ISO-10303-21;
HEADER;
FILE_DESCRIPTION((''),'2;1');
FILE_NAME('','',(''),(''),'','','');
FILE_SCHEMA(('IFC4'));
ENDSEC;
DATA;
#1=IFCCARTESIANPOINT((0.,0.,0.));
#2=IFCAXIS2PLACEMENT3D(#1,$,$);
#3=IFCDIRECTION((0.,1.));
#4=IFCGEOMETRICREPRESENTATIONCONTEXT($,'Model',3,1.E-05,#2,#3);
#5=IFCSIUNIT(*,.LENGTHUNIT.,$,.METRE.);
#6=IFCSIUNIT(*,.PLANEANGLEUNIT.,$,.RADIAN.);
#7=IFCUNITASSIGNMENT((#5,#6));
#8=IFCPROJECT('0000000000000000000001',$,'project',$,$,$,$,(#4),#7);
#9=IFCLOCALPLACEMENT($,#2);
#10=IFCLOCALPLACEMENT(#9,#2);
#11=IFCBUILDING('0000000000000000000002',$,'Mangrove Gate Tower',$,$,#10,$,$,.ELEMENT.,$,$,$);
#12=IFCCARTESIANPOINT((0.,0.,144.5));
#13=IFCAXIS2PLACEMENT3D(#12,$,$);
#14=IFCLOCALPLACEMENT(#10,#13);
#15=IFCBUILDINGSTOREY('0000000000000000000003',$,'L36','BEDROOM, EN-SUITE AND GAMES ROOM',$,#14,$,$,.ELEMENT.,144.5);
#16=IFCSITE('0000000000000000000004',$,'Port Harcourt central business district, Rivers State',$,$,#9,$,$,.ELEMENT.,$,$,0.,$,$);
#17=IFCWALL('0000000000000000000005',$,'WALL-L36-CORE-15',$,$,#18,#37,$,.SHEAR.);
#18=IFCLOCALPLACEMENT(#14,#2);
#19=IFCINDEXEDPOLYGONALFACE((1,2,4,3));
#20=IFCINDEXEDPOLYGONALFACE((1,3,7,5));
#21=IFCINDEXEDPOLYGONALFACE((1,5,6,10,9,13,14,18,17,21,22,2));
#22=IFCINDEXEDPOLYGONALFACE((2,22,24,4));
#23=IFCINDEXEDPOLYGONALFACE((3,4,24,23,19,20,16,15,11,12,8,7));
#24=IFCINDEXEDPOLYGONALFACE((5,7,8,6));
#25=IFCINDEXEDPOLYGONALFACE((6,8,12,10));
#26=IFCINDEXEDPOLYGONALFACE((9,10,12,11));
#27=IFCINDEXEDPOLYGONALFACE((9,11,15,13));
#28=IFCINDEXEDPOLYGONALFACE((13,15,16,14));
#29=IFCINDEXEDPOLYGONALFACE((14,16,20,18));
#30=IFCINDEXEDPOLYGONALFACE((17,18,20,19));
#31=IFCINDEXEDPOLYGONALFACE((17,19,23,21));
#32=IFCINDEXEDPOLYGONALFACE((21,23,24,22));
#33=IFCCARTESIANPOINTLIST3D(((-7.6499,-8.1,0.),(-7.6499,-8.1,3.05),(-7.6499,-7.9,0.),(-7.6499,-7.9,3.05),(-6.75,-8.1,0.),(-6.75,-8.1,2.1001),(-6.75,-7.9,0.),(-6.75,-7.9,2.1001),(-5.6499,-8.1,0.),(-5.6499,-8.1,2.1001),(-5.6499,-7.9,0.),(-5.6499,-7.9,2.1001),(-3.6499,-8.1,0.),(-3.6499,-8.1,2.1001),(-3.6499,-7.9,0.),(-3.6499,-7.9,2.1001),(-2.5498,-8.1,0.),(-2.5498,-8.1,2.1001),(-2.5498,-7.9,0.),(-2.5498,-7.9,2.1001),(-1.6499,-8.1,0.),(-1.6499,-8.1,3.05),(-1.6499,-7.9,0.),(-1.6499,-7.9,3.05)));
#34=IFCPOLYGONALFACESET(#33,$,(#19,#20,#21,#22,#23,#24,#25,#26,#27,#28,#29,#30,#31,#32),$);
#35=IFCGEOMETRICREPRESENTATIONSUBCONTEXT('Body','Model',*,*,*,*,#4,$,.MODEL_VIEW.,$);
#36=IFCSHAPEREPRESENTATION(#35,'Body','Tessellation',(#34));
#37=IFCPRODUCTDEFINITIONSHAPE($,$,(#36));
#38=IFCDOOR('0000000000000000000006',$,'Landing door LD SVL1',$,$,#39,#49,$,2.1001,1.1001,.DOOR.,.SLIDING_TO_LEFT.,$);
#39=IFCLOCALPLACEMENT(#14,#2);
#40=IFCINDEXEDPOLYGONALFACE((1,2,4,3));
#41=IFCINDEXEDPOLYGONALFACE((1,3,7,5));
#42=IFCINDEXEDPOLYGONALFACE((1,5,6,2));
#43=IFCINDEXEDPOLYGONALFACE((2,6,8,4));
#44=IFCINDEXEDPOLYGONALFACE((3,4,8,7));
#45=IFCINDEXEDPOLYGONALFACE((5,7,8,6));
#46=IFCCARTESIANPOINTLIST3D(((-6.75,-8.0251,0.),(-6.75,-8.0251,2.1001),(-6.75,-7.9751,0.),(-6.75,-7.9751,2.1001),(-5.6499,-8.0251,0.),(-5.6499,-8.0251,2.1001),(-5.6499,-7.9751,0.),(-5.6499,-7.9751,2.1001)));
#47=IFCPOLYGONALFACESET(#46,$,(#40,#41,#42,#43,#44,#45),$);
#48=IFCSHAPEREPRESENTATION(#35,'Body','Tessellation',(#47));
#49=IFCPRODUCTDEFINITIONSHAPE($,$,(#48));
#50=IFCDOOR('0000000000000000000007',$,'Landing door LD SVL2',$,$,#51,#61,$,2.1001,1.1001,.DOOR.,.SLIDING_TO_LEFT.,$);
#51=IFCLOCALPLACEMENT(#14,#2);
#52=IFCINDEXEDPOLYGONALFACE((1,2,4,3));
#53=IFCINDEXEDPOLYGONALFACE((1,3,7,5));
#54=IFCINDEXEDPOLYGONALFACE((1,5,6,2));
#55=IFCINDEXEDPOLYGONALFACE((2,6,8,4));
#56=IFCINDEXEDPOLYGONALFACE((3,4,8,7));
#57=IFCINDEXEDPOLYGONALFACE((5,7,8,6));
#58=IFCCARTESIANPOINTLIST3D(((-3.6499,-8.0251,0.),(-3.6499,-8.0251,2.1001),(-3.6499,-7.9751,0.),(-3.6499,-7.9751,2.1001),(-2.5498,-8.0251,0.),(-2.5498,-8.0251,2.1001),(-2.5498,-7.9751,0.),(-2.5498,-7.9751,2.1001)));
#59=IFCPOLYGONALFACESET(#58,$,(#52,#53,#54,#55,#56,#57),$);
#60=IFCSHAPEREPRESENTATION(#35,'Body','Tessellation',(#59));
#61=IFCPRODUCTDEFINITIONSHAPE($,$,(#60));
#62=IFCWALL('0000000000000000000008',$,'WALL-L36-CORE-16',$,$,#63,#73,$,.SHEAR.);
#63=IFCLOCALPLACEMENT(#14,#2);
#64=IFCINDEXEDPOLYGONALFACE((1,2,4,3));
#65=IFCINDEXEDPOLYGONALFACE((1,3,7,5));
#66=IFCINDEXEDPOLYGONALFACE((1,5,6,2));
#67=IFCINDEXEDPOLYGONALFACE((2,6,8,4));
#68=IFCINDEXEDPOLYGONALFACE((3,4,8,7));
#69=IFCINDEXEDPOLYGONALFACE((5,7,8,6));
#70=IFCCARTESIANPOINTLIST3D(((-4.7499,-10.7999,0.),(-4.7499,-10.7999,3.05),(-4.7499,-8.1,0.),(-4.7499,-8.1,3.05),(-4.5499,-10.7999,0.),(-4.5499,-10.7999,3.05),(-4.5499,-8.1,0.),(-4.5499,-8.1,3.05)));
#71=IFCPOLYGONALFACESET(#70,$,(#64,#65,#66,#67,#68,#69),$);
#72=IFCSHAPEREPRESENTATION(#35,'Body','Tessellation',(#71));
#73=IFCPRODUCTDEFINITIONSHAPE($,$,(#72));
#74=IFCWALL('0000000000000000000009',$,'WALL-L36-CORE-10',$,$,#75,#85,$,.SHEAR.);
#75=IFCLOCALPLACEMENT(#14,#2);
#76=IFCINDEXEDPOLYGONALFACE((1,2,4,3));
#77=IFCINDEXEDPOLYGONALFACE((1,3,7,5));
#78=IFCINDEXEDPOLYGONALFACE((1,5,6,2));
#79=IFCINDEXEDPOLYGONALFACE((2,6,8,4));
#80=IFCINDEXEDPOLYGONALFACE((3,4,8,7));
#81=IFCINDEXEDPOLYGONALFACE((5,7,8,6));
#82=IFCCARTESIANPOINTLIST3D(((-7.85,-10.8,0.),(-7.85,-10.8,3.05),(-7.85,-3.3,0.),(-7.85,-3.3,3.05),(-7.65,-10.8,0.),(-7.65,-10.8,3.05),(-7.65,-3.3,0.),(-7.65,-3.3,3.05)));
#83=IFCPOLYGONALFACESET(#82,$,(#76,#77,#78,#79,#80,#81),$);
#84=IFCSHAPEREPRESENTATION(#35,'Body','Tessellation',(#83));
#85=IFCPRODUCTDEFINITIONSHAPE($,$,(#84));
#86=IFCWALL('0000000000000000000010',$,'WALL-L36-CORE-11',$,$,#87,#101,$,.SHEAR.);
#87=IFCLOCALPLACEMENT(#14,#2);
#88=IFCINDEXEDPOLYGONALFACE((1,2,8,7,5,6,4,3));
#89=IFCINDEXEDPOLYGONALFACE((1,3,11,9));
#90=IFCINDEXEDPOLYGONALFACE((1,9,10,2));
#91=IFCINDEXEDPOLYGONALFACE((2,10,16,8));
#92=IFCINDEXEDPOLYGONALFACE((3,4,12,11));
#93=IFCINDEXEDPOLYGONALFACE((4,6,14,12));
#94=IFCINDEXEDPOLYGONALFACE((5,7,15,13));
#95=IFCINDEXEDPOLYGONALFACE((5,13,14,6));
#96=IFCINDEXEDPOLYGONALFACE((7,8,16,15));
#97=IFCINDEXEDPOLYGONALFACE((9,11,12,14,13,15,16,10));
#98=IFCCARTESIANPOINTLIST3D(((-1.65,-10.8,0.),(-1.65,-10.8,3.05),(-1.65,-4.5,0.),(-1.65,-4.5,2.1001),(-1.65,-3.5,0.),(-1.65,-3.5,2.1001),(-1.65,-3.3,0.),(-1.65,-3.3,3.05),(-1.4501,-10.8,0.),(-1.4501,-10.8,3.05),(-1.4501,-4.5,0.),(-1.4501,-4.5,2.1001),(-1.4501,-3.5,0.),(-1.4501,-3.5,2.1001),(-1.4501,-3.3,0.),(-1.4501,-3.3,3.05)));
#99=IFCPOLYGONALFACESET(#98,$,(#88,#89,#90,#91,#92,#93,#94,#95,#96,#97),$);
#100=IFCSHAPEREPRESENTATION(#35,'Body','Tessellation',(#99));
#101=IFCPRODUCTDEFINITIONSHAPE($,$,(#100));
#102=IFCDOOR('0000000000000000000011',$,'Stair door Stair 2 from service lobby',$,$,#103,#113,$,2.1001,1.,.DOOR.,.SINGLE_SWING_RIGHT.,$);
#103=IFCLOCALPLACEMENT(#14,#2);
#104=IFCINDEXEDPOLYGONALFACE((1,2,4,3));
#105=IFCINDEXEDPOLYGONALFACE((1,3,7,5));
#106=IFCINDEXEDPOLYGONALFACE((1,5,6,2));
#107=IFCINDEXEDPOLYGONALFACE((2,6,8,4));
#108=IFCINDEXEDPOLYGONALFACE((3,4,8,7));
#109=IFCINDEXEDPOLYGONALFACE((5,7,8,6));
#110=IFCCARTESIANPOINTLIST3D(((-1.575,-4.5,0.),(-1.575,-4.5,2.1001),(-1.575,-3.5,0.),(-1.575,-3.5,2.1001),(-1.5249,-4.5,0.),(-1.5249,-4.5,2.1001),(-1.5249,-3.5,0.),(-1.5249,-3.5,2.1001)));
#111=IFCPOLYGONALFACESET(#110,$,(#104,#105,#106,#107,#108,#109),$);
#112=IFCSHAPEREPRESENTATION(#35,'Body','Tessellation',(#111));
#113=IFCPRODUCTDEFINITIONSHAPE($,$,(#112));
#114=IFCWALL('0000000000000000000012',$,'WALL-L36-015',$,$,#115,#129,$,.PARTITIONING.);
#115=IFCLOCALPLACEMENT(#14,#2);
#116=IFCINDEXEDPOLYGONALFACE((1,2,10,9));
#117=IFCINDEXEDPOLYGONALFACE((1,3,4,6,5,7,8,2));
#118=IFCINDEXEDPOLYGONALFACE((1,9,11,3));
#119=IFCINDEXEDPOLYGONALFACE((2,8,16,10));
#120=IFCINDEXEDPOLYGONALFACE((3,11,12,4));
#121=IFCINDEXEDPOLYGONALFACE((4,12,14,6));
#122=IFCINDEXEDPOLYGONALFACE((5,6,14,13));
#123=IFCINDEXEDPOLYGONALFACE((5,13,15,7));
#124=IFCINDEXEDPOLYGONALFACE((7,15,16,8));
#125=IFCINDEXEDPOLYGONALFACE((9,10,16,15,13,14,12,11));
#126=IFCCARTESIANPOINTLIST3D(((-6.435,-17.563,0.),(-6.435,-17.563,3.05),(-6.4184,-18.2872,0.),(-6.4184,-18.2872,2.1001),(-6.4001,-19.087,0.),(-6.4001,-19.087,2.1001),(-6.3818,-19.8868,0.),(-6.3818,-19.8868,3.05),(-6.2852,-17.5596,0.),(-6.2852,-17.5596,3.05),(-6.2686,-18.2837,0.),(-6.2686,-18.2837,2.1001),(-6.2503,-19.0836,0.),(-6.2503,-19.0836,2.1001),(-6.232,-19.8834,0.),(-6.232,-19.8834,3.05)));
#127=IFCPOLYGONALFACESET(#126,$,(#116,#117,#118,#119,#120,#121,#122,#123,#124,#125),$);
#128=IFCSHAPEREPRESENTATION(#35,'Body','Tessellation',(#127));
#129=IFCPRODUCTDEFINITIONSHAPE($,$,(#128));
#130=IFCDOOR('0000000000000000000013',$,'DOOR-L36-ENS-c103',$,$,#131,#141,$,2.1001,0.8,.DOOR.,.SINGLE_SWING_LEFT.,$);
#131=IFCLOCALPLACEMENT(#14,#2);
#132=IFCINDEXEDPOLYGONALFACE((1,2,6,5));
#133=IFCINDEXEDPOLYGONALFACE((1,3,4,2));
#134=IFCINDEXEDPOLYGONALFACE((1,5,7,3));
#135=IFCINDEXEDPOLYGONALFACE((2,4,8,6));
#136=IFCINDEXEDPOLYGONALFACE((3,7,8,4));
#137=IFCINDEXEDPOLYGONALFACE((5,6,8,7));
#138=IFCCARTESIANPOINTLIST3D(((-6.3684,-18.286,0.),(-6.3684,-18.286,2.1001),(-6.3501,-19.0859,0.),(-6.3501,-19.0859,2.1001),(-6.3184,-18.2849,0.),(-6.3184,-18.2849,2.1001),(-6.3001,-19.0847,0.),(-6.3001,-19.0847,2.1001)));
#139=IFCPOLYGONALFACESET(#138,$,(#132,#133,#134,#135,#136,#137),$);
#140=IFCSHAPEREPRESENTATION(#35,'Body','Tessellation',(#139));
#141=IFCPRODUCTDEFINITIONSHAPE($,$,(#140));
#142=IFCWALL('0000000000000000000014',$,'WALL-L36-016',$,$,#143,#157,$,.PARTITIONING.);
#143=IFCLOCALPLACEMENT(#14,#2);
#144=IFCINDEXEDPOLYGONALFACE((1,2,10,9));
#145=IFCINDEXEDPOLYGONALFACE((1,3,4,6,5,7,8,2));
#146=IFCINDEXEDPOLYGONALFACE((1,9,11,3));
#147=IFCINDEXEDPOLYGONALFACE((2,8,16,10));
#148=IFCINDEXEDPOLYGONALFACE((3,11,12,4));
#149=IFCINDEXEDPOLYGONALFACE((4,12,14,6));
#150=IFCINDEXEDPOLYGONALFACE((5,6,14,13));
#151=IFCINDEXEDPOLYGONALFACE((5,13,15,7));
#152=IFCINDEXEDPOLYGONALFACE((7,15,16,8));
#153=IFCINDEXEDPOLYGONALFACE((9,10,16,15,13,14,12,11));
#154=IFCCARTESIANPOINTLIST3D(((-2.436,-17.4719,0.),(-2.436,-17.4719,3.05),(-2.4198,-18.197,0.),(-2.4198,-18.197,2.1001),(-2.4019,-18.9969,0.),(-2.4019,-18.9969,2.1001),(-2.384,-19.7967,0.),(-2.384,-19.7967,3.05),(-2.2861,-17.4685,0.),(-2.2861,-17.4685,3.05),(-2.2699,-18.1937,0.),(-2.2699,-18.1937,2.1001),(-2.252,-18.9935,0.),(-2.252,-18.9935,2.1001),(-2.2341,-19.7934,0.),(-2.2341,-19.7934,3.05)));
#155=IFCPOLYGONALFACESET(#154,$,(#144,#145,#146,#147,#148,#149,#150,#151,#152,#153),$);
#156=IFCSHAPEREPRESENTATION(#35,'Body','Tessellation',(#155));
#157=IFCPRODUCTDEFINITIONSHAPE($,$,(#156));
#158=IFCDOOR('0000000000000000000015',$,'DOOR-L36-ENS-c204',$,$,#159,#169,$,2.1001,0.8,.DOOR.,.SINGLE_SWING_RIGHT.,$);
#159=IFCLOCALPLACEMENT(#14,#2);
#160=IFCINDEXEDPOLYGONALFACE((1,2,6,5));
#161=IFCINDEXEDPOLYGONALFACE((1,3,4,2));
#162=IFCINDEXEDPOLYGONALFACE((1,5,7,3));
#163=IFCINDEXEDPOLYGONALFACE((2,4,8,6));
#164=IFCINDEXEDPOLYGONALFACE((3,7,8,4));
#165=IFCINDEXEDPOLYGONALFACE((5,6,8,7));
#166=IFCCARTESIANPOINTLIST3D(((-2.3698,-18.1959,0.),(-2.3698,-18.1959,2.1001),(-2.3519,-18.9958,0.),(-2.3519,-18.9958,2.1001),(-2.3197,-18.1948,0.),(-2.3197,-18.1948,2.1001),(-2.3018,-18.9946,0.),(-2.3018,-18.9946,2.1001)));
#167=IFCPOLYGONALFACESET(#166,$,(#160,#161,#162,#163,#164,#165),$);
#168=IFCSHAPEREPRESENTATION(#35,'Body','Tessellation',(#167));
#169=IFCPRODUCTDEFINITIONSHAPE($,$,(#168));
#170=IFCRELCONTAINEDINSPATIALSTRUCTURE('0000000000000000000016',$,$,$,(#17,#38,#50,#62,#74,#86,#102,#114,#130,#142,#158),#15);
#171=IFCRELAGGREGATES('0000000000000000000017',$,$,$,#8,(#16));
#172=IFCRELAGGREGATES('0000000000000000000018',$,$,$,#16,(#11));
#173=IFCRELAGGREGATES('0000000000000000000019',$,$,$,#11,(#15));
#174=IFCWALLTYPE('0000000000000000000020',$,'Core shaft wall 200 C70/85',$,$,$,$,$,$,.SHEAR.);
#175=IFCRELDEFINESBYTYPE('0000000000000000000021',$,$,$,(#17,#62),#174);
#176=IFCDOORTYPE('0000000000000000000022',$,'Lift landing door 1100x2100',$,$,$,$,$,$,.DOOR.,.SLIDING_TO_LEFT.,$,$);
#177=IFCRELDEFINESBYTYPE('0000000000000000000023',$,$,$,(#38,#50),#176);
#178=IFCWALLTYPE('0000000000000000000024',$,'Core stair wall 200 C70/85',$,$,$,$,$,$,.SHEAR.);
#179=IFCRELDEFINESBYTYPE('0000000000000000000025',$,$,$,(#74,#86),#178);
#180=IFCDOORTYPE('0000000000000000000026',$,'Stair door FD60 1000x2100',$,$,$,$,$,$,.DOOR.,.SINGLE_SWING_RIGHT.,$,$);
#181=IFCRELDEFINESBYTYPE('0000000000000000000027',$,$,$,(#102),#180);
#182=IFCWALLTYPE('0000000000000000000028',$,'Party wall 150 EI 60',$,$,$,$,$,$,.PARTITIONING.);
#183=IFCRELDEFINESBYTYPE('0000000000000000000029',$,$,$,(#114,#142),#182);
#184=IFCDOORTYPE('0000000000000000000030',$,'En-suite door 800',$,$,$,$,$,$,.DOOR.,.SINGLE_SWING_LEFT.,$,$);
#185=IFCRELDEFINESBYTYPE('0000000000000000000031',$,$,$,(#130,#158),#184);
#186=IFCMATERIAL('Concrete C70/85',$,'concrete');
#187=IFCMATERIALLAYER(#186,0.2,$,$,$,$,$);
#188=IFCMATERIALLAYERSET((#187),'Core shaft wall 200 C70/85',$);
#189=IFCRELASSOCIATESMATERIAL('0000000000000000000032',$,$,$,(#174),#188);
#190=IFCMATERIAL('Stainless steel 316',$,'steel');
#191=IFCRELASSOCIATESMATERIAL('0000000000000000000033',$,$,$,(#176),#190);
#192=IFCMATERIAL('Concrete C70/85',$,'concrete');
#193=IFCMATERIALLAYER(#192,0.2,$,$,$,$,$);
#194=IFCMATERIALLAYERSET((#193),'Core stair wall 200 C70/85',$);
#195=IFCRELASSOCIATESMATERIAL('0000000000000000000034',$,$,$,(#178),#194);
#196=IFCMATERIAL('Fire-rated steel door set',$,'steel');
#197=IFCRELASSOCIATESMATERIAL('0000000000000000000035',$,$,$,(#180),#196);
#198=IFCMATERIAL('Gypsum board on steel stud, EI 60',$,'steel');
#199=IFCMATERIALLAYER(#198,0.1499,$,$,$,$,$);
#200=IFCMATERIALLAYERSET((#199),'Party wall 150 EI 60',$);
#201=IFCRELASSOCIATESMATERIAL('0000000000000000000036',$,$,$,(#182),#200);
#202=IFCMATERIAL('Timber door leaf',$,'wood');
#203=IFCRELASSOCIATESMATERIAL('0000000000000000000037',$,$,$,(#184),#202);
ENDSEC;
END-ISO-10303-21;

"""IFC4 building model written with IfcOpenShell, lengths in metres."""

from ifc_helpers import new_model, si_unit, direction, frame, frame_2d, origin, place, context, subcontext, project, spatial, rectangle, extrude, material, layer, layer_set, type_object, element, fill, save


model = new_model("IFC4")

# Units and contexts
model_context = context("Model", 3, precision=1e-05, world=origin(), true_north=direction((0.0, 1.0)))
body_context = subcontext(model_context, "Body", "Model", "MODEL_VIEW")
ifc_project = project(units=[si_unit("LENGTHUNIT", "METRE"), si_unit("PLANEANGLEUNIT", "RADIAN")], contexts=[model_context])

# Site, building, storey
site_placement = place(None, origin())
site = spatial("IfcSite", under=ifc_project, at=site_placement, Name="Port Harcourt central business district, Rivers State", CompositionType="ELEMENT", RefElevation=0.0)
building_placement = place(site_placement, origin())
building = spatial("IfcBuilding", under=site, at=building_placement, Name="Mangrove Gate Tower", CompositionType="ELEMENT")
storey_placement = place(building_placement, frame((0.0, 0.0, 144.5)))
storey = spatial("IfcBuildingStorey", under=building, at=storey_placement, Name="L36", Description="BEDROOM, EN-SUITE AND GAMES ROOM", CompositionType="ELEMENT", Elevation=144.5)

# Wall, openings, doors
ifc_material_1 = material(Name="Concrete C70/85", Category="concrete")
ifc_layer_1 = layer(ifc_material_1, 0.2)
ifc_layer_set_1 = layer_set([ifc_layer_1], Name="Core shaft wall 200 C70/85")
wall_type_1 = type_object("IfcWallType", Name="Core shaft wall 200 C70/85", PredefinedType="SHEAR", material=ifc_layer_set_1)
wall_1_placement = place(storey_placement, frame((-7.6499, -8.0, 0.0), z_axis=(0.0, 0.0, 1.0), x_axis=(1.0, 0.0, 0.0)))
wall_1 = element("IfcWall", 1, at=wall_1_placement, inside=storey, type_object=wall_type_1, Name="WALL-L36-CORE-15", PredefinedType="SHEAR", context=body_context, shape_type="SweptSolid", body=[
    extrude(rectangle(XDim=6.0, YDim=0.2, at=frame_2d((3.0, 0.0))), origin(), (0.0, 0.0, 1.0), 3.05),
])
opening_1_placement = place(wall_1_placement, frame((0.8999, 0.0, 0.0)))
opening_1 = element("IfcOpeningElement", 2, at=opening_1_placement, cuts=wall_1, PredefinedType="OPENING", context=body_context, shape_type="SweptSolid", body=[
    extrude(rectangle(XDim=1.1001, YDim=2.1001, at=frame_2d((0.55, 1.05))), frame((0.0, 0.1099, 0.0), z_axis=(0.0, -1.0, 0.0), x_axis=(1.0, 0.0, 0.0)), (0.0, 0.0, 1.0), 0.22),
])
opening_2_placement = place(wall_1_placement, frame((4.0, 0.0, 0.0)))
opening_2 = element("IfcOpeningElement", 3, at=opening_2_placement, cuts=wall_1, PredefinedType="OPENING", context=body_context, shape_type="SweptSolid", body=[
    extrude(rectangle(XDim=1.1001, YDim=2.1001, at=frame_2d((0.55, 1.05))), frame((0.0, 0.1099, 0.0), z_axis=(0.0, -1.0, 0.0), x_axis=(1.0, 0.0, 0.0)), (0.0, 0.0, 1.0), 0.22),
])
ifc_material_2 = material(Name="Stainless steel 316", Category="steel")
door_type_1 = type_object("IfcDoorType", Name="Lift landing door 1100x2100", OperationType="SLIDING_TO_LEFT", PredefinedType="DOOR", material=ifc_material_2)
door_1_placement = place(opening_1_placement, origin())
door_1 = element("IfcDoor", 4, at=door_1_placement, inside=storey, type_object=door_type_1, Name="Landing door LD SVL1", OperationType="SLIDING_TO_LEFT", OverallHeight=2.1001, OverallWidth=1.1001, PredefinedType="DOOR", context=body_context, shape_type="SweptSolid", body=[
    extrude(rectangle(XDim=1.1001, YDim=2.1001, at=frame_2d((0.55, 1.05))), frame((0.0, 0.0249, 0.0), z_axis=(0.0, -1.0, 0.0), x_axis=(1.0, 0.0, 0.0)), (0.0, 0.0, 1.0), 0.05),
])
fill(opening_1, door_1)
door_2_placement = place(opening_2_placement, origin())
door_2 = element("IfcDoor", 5, at=door_2_placement, inside=storey, type_object=door_type_1, Name="Landing door LD SVL2", OperationType="SLIDING_TO_LEFT", OverallHeight=2.1001, OverallWidth=1.1001, PredefinedType="DOOR", context=body_context, shape_type="SweptSolid", body=[
    extrude(rectangle(XDim=1.1001, YDim=2.1001, at=frame_2d((0.55, 1.05))), frame((0.0, 0.0249, 0.0), z_axis=(0.0, -1.0, 0.0), x_axis=(1.0, 0.0, 0.0)), (0.0, 0.0, 1.0), 0.05),
])
fill(opening_2, door_2)

# Walls
wall_2_placement = place(storey_placement, frame((-4.6499, -10.8, 0.0), z_axis=(0.0, 0.0, 1.0), x_axis=(0.0, 1.0, 0.0)))
element("IfcWall", 6, at=wall_2_placement, inside=storey, type_object=wall_type_1, Name="WALL-L36-CORE-16", PredefinedType="SHEAR", context=body_context, shape_type="SweptSolid", body=[
    extrude(rectangle(XDim=2.7, YDim=0.2, at=frame_2d((1.3501, 0.0))), origin(), (0.0, 0.0, 1.0), 3.05),
])
ifc_material_3 = material(Name="Concrete C70/85", Category="concrete")
ifc_layer_2 = layer(ifc_material_3, 0.2)
ifc_layer_set_2 = layer_set([ifc_layer_2], Name="Core stair wall 200 C70/85")
wall_type_2 = type_object("IfcWallType", Name="Core stair wall 200 C70/85", PredefinedType="SHEAR", material=ifc_layer_set_2)
wall_3_placement = place(storey_placement, frame((-7.75, -10.8, 0.0), z_axis=(0.0, 0.0, 1.0), x_axis=(0.0, 1.0, 0.0)))
element("IfcWall", 7, at=wall_3_placement, inside=storey, type_object=wall_type_2, Name="WALL-L36-CORE-10", PredefinedType="SHEAR", context=body_context, shape_type="SweptSolid", body=[
    extrude(rectangle(XDim=7.5, YDim=0.2, at=frame_2d((3.75, 0.0))), origin(), (0.0, 0.0, 1.0), 3.05),
])

# Walls, openings, doors
wall_4_placement = place(storey_placement, frame((-1.55, -10.8, 0.0), z_axis=(0.0, 0.0, 1.0), x_axis=(0.0, 1.0, 0.0)))
wall_4 = element("IfcWall", 8, at=wall_4_placement, inside=storey, type_object=wall_type_2, Name="WALL-L36-CORE-11", PredefinedType="SHEAR", context=body_context, shape_type="SweptSolid", body=[
    extrude(rectangle(XDim=7.5, YDim=0.2, at=frame_2d((3.75, 0.0))), origin(), (0.0, 0.0, 1.0), 3.05),
])
opening_3_placement = place(wall_4_placement, frame((6.3, 0.0, 0.0)))
opening_3 = element("IfcOpeningElement", 9, at=opening_3_placement, cuts=wall_4, PredefinedType="OPENING", context=body_context, shape_type="SweptSolid", body=[
    extrude(rectangle(XDim=1.0, YDim=2.1001, at=frame_2d((0.5, 1.05))), frame((0.0, 0.1099, 0.0), z_axis=(0.0, -1.0, 0.0), x_axis=(1.0, 0.0, 0.0)), (0.0, 0.0, 1.0), 0.22),
])
ifc_material_4 = material(Name="Fire-rated steel door set", Category="steel")
door_type_2 = type_object("IfcDoorType", Name="Stair door FD60 1000x2100", OperationType="SINGLE_SWING_RIGHT", PredefinedType="DOOR", material=ifc_material_4)
door_3_placement = place(opening_3_placement, origin())
door_3 = element("IfcDoor", 10, at=door_3_placement, inside=storey, type_object=door_type_2, Name="Stair door Stair 2 from service lobby", OperationType="SINGLE_SWING_RIGHT", OverallHeight=2.1001, OverallWidth=1.0, PredefinedType="DOOR", context=body_context, shape_type="SweptSolid", body=[
    extrude(rectangle(XDim=1.0, YDim=2.1001, at=frame_2d((0.5, 1.05))), frame((0.0, 0.0249, 0.0), z_axis=(0.0, -1.0, 0.0), x_axis=(1.0, 0.0, 0.0)), (0.0, 0.0, 1.0), 0.05),
])
fill(opening_3, door_3)
ifc_material_5 = material(Name="Gypsum board on steel stud, EI 60", Category="steel")
ifc_layer_3 = layer(ifc_material_5, 0.1499)
ifc_layer_set_3 = layer_set([ifc_layer_3], Name="Party wall 150 EI 60")
wall_type_3 = type_object("IfcWallType", Name="Party wall 150 EI 60", PredefinedType="PARTITIONING", material=ifc_layer_set_3)
wall_5_placement = place(storey_placement, frame((-6.3069, -19.885, 0.0), z_axis=(0.0, 0.0, 1.0), x_axis=(-0.022896, 0.999738, 0.0)))
wall_5 = element("IfcWall", 11, at=wall_5_placement, inside=storey, type_object=wall_type_3, Name="WALL-L36-015", PredefinedType="PARTITIONING", context=body_context, shape_type="SweptSolid", body=[
    extrude(rectangle(XDim=2.3245, YDim=0.1499, at=frame_2d((1.1621, 0.0))), origin(), (0.0, 0.0, 1.0), 3.05),
])
opening_4_placement = place(wall_5_placement, frame((0.8, 0.0, 0.0)))
opening_4 = element("IfcOpeningElement", 12, at=opening_4_placement, cuts=wall_5, PredefinedType="OPENING", context=body_context, shape_type="SweptSolid", body=[
    extrude(rectangle(XDim=0.8, YDim=2.1001, at=frame_2d((0.3999, 1.05))), frame((0.0, 0.085, 0.0), z_axis=(0.0, -1.0, 0.0), x_axis=(1.0, 0.0, 0.0)), (0.0, 0.0, 1.0), 0.1699),
])
ifc_material_6 = material(Name="Timber door leaf", Category="wood")
door_type_3 = type_object("IfcDoorType", Name="En-suite door 800", OperationType="SINGLE_SWING_LEFT", PredefinedType="DOOR", material=ifc_material_6)
door_4_placement = place(opening_4_placement, origin())
door_4 = element("IfcDoor", 13, at=door_4_placement, inside=storey, type_object=door_type_3, Name="DOOR-L36-ENS-c103", OperationType="SINGLE_SWING_LEFT", OverallHeight=2.1001, OverallWidth=0.8, PredefinedType="DOOR", context=body_context, shape_type="SweptSolid", body=[
    extrude(rectangle(XDim=0.8, YDim=2.1001, at=frame_2d((0.3999, 1.05))), frame((0.0, 0.0249, 0.0), z_axis=(0.0, -1.0, 0.0), x_axis=(1.0, 0.0, 0.0)), (0.0, 0.0, 1.0), 0.05),
])
fill(opening_4, door_4)
wall_6_placement = place(storey_placement, frame((-2.3091, -19.7949, 0.0), z_axis=(0.0, 0.0, 1.0), x_axis=(-0.022361, 0.99975, 0.0)))
wall_6 = element("IfcWall", 14, at=wall_6_placement, inside=storey, type_object=wall_type_3, Name="WALL-L36-016", PredefinedType="PARTITIONING", context=body_context, shape_type="SweptSolid", body=[
    extrude(rectangle(XDim=2.3254, YDim=0.1499, at=frame_2d((1.1626, 0.0))), origin(), (0.0, 0.0, 1.0), 3.05),
])
opening_5_placement = place(wall_6_placement, frame((0.8, 0.0, 0.0)))
opening_5 = element("IfcOpeningElement", 15, at=opening_5_placement, cuts=wall_6, PredefinedType="OPENING", context=body_context, shape_type="SweptSolid", body=[
    extrude(rectangle(XDim=0.8, YDim=2.1001, at=frame_2d((0.3999, 1.05))), frame((0.0, 0.085, 0.0), z_axis=(0.0, -1.0, 0.0), x_axis=(1.0, 0.0, 0.0)), (0.0, 0.0, 1.0), 0.1699),
])
door_5_placement = place(opening_5_placement, origin())
door_5 = element("IfcDoor", 16, at=door_5_placement, inside=storey, type_object=door_type_3, Name="DOOR-L36-ENS-c204", OperationType="SINGLE_SWING_RIGHT", OverallHeight=2.1001, OverallWidth=0.8, PredefinedType="DOOR", context=body_context, shape_type="SweptSolid", body=[
    extrude(rectangle(XDim=0.8, YDim=2.1001, at=frame_2d((0.3999, 1.05))), frame((0.0, 0.0249, 0.0), z_axis=(0.0, -1.0, 0.0), x_axis=(1.0, 0.0, 0.0)), (0.0, 0.0, 1.0), 0.05),
])
fill(opening_5, door_5)

save(model, "model.ifc")
